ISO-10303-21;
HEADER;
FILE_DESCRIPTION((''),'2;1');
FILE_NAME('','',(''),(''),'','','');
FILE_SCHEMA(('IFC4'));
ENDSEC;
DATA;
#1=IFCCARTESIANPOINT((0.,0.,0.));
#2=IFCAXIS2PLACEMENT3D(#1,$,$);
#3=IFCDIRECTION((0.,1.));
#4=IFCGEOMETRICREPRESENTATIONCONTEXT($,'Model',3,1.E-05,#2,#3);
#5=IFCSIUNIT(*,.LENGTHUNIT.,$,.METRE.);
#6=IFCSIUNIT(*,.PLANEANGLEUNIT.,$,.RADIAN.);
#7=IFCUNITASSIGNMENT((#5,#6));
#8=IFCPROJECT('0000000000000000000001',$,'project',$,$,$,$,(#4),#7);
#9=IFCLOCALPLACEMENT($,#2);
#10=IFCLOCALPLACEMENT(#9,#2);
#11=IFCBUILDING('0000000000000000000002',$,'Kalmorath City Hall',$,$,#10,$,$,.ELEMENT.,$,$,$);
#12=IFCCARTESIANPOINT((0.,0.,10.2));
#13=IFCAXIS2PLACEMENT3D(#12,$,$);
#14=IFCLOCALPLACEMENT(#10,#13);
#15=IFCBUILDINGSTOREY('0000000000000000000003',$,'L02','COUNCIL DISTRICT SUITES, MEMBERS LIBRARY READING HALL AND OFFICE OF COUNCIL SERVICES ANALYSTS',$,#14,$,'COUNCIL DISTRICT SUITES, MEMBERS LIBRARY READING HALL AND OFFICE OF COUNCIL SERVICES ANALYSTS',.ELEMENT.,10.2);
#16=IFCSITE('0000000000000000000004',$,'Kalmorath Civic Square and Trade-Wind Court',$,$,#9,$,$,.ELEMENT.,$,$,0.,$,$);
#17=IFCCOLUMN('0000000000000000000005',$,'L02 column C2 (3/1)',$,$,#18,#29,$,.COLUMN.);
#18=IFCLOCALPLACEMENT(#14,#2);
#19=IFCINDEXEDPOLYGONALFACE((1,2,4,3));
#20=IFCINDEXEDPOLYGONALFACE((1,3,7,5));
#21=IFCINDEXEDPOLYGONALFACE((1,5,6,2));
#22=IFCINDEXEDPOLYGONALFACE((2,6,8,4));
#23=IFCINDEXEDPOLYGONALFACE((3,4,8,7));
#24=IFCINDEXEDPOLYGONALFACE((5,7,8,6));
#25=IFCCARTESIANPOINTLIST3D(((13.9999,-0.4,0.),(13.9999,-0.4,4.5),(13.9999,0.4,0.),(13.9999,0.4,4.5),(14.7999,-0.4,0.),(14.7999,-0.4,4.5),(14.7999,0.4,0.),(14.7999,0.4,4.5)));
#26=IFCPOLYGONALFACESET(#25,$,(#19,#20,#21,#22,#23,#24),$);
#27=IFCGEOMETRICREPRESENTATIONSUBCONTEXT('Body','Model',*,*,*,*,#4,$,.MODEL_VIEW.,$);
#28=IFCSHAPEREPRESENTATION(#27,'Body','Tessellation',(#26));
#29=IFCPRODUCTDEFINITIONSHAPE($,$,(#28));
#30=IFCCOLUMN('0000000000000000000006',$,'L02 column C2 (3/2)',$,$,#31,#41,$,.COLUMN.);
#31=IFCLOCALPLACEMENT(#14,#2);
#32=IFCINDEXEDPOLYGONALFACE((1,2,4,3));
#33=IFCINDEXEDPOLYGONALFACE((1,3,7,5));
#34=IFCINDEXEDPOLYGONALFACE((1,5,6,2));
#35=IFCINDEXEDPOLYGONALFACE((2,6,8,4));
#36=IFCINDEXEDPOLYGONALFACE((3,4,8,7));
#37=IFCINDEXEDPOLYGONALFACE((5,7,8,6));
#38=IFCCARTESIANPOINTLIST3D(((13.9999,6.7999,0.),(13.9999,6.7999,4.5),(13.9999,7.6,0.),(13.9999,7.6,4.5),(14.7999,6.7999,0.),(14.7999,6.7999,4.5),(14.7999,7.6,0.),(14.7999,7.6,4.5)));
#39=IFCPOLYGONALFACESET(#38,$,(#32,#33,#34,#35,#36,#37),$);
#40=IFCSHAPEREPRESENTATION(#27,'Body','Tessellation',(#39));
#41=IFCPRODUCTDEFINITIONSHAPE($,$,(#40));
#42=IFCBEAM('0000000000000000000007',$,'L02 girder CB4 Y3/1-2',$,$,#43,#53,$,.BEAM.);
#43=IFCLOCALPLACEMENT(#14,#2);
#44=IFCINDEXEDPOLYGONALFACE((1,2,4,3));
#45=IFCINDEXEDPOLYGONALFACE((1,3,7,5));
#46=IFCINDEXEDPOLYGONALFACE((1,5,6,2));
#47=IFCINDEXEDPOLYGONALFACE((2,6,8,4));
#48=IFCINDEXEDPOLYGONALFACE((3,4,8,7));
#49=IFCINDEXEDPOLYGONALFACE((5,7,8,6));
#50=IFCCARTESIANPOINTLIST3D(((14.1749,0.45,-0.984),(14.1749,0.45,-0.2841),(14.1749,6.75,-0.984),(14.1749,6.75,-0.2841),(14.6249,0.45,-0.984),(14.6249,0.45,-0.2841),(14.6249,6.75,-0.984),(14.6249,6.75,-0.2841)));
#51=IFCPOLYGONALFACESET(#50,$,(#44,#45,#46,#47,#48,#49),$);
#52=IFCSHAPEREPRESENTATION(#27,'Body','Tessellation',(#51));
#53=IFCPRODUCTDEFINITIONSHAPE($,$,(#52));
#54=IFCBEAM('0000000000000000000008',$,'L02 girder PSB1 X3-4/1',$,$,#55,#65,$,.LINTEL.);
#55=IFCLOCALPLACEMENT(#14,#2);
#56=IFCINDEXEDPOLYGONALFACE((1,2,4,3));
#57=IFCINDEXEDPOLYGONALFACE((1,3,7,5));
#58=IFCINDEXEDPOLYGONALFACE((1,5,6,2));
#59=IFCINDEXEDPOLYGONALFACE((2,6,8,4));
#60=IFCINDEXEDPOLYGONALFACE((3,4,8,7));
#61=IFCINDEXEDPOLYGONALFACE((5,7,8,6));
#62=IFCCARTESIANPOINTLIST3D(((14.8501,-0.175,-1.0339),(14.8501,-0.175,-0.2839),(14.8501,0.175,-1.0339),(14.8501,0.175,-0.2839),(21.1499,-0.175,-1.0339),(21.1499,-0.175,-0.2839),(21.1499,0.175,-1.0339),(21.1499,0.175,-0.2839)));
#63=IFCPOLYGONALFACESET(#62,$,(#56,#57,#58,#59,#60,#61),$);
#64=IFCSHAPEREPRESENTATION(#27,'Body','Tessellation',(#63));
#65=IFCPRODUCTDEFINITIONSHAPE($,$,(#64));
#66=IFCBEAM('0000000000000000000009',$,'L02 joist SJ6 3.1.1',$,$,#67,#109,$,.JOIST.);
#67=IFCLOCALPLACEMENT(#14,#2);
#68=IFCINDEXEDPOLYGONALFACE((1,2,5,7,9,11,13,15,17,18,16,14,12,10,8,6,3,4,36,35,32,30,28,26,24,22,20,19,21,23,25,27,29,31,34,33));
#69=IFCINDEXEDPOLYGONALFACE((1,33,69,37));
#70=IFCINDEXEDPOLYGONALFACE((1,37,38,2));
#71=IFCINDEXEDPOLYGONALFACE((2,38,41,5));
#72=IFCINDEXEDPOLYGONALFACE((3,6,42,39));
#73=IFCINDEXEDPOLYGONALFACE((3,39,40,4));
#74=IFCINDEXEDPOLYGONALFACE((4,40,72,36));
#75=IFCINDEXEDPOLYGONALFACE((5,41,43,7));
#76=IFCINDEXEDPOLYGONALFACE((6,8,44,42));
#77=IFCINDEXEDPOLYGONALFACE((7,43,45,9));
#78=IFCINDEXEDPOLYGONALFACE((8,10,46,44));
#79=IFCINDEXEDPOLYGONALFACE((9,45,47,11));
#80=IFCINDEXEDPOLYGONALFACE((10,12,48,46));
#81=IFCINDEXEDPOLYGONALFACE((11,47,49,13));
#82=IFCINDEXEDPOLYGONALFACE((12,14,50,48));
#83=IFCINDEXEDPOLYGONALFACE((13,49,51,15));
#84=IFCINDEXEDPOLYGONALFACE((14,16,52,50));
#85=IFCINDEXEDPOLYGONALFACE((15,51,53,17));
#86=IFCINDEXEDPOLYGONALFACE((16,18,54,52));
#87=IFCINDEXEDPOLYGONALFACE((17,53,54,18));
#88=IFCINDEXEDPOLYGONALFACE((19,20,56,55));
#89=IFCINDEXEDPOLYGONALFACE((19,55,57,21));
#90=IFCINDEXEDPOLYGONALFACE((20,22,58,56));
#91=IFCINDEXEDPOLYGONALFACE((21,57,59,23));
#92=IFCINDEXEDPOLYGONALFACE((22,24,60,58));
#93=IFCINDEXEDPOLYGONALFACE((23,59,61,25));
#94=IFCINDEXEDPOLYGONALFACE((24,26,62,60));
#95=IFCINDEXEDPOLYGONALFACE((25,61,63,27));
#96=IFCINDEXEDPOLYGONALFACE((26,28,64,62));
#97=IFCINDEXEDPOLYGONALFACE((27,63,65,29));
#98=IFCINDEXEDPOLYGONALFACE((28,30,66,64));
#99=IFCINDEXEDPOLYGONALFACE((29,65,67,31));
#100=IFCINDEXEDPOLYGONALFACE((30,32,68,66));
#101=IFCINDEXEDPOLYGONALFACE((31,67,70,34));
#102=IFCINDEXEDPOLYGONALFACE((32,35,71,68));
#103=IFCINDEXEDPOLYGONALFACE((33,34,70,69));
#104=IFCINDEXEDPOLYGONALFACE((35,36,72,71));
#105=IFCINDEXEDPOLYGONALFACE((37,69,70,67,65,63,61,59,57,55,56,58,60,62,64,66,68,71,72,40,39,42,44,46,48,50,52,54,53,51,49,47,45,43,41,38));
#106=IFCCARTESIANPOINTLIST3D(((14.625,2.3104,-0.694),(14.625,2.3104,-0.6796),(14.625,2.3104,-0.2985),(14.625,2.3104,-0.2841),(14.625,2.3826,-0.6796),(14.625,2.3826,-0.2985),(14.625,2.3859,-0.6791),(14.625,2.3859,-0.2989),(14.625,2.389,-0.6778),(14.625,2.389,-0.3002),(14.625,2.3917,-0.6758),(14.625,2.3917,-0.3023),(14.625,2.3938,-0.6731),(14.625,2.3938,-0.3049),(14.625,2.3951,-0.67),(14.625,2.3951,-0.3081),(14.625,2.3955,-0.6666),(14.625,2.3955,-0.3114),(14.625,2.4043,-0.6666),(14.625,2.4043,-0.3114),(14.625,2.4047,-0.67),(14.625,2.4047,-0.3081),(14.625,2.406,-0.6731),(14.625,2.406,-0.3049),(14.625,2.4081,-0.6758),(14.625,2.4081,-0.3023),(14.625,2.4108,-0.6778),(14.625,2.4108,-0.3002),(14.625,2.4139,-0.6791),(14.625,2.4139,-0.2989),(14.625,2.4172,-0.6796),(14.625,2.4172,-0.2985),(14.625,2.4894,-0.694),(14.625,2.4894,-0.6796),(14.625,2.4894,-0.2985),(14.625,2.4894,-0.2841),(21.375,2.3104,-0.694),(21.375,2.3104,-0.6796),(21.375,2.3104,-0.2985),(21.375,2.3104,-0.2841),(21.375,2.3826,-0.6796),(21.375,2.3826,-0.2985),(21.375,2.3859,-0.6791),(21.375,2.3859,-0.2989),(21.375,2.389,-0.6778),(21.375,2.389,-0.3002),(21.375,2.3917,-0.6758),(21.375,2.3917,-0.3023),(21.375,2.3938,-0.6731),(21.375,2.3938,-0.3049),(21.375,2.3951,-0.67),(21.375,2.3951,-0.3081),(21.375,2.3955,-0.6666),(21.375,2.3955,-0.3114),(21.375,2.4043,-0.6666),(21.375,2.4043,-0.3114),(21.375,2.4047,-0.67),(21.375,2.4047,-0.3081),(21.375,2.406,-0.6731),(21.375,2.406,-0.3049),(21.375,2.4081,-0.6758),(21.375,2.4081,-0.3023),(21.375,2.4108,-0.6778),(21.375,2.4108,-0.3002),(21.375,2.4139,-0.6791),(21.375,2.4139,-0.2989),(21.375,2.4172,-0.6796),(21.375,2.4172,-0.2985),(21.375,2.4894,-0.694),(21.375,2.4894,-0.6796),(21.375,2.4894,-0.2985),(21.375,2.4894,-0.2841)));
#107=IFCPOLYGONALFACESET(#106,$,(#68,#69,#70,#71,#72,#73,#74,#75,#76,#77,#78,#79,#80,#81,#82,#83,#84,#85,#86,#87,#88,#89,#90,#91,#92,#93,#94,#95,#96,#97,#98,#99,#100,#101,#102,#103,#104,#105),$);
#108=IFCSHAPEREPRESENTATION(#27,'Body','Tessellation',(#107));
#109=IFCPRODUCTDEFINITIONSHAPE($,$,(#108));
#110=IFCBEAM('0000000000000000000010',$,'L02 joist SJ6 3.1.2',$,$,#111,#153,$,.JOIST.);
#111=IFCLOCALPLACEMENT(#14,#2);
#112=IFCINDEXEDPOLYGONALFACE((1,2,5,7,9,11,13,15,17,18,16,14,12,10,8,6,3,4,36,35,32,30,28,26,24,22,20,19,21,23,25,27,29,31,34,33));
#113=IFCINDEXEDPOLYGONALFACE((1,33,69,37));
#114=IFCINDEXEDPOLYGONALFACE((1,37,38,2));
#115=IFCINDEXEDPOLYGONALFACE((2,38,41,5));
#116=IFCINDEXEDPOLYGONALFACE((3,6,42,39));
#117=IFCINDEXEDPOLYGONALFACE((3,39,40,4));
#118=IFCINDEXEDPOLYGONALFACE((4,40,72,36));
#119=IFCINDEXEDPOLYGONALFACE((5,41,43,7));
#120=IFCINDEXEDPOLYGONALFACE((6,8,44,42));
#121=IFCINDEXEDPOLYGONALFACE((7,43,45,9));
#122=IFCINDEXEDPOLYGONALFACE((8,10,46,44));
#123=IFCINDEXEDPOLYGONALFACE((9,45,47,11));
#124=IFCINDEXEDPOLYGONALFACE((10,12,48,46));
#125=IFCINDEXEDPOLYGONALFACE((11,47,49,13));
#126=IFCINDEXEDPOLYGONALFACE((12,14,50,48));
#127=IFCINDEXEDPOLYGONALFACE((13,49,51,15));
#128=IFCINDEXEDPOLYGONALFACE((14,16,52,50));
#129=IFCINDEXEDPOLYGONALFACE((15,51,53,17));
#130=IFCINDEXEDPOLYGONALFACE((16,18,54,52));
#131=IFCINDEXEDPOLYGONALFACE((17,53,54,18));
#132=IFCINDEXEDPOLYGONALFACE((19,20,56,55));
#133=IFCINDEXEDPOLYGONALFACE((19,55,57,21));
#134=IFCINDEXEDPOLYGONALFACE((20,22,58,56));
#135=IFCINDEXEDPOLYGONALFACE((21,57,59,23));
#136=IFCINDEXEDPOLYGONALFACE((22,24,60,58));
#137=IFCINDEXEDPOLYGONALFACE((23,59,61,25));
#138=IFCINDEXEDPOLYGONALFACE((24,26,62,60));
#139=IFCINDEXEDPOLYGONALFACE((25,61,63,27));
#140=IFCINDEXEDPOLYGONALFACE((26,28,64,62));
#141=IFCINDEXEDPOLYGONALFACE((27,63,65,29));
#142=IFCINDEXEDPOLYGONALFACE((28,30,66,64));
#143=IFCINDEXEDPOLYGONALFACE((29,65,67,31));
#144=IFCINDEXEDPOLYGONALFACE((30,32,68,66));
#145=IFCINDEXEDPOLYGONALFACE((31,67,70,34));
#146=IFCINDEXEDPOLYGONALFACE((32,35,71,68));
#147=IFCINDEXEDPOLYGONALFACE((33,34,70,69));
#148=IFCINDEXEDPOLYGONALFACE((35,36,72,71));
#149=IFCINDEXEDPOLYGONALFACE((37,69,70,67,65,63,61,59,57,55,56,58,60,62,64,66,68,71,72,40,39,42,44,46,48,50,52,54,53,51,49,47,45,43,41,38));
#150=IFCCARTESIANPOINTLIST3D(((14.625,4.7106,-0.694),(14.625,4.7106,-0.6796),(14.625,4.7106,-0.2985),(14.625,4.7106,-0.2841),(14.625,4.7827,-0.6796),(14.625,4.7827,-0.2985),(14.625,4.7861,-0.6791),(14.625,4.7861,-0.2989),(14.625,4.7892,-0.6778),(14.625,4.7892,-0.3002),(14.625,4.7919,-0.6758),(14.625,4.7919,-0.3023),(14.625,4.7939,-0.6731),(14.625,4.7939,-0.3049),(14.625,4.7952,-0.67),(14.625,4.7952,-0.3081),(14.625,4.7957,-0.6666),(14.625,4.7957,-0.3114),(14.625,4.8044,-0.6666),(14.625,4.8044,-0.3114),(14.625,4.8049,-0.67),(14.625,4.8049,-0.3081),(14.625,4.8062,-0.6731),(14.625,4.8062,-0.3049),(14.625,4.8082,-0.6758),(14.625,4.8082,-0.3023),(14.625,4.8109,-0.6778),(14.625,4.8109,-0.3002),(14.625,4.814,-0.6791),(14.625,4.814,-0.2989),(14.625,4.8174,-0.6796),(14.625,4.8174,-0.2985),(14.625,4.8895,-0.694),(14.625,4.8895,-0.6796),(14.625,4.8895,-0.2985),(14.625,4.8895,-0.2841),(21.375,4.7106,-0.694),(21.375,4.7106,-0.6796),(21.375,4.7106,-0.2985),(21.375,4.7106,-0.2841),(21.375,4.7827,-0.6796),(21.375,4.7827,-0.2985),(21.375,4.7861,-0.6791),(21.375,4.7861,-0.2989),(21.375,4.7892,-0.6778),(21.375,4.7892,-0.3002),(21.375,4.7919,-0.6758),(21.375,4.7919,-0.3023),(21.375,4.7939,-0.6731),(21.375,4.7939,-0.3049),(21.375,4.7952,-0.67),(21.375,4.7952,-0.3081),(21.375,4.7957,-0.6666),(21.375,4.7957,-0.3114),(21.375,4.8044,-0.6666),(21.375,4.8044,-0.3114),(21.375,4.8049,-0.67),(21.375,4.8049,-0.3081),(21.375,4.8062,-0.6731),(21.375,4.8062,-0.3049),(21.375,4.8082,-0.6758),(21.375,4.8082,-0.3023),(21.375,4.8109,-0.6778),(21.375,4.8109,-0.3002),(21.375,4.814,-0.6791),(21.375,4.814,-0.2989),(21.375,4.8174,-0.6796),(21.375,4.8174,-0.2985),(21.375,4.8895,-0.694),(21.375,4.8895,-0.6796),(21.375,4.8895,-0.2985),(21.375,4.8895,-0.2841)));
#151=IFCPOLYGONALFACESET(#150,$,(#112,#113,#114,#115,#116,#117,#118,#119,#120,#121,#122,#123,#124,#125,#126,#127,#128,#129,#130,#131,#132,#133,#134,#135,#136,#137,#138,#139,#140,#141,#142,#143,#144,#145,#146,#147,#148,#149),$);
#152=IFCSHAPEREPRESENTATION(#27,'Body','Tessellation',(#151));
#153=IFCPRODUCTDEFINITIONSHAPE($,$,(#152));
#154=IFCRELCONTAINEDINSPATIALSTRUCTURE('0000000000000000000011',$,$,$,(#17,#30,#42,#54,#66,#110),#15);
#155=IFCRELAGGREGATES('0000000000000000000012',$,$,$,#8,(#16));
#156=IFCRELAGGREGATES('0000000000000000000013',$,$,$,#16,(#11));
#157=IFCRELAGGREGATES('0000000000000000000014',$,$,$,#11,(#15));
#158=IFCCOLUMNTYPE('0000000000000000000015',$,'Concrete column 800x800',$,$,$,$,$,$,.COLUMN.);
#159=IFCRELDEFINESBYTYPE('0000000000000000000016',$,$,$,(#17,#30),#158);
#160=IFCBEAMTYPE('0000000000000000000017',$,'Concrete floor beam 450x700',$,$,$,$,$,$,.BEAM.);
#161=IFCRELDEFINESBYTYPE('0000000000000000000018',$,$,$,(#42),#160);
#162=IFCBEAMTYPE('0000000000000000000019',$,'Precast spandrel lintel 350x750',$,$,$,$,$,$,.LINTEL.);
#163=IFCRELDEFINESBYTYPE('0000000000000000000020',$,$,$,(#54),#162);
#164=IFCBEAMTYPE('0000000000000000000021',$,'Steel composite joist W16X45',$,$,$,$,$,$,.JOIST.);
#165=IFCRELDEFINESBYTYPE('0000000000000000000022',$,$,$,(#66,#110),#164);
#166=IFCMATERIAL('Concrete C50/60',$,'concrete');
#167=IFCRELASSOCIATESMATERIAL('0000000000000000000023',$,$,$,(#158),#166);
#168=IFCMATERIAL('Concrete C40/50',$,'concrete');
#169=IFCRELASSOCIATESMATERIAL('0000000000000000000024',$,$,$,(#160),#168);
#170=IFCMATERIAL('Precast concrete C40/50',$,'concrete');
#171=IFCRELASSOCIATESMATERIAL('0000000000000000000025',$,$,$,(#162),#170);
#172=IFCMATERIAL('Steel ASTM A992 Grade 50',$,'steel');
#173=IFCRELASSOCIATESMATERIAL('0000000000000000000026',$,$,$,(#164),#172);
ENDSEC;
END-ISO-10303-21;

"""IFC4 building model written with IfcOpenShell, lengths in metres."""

from ifc_helpers import new_model, si_unit, direction, frame, origin, origin_2d, place, context, subcontext, project, spatial, rectangle, i_section, extrude, material, material_profile, profile_set, type_object, element, save


model = new_model("IFC4")

# Units and contexts
model_context = context("Model", 3, precision=1e-05, world=origin(), true_north=direction((0.0, 1.0)))
body_context = subcontext(model_context, "Body", "Model", "MODEL_VIEW")
ifc_project = project(units=[si_unit("LENGTHUNIT", "METRE"), si_unit("PLANEANGLEUNIT", "RADIAN")], contexts=[model_context])

# Site, building, storey
site_placement = place(None, origin())
site = spatial("IfcSite", under=ifc_project, at=site_placement, Name="Kalmorath Civic Square and Trade-Wind Court", CompositionType="ELEMENT", RefElevation=0.0)
building_placement = place(site_placement, origin())
building = spatial("IfcBuilding", under=site, at=building_placement, Name="Kalmorath City Hall", CompositionType="ELEMENT")
storey_placement = place(building_placement, frame((0.0, 0.0, 10.2)))
storey = spatial("IfcBuildingStorey", under=building, at=storey_placement, Name="L02", Description="COUNCIL DISTRICT SUITES, MEMBERS LIBRARY READING HALL AND OFFICE OF COUNCIL SERVICES ANALYSTS", LongName="COUNCIL DISTRICT SUITES, MEMBERS LIBRARY READING HALL AND OFFICE OF COUNCIL SERVICES ANALYSTS", CompositionType="ELEMENT", Elevation=10.2)

# Columns
ifc_material_1 = material(Name="Concrete C50/60", Category="concrete")
ifc_material_profile_1 = material_profile(ifc_material_1, rectangle(XDim=0.8, YDim=0.8, at=origin_2d()), Name="RC-COL-800X800")
ifc_profile_set_1 = profile_set([ifc_material_profile_1], Name="Concrete C50/60")
column_type = type_object("IfcColumnType", Name="Concrete column 800x800", PredefinedType="COLUMN", material=ifc_profile_set_1)
for number, where, z_axis, x_axis, name in (
    (1, (14.3999, 0.0, 0.0), (0.0, 0.0, 1.0), (1.0, 0.0, 0.0), "L02 column C2 (3/1)"),
    (2, (14.3999, 7.2, 0.0), (0.0, 0.0, 1.0), (1.0, 0.0, 0.0), "L02 column C2 (3/2)"),
):
    element("IfcColumn", number, at=place(storey_placement, frame(where, z_axis=z_axis, x_axis=x_axis)), inside=storey, type_object=column_type, Name=name, PredefinedType="COLUMN", context=body_context, shape_type="SweptSolid", body=[
        extrude(rectangle(XDim=0.8, YDim=0.8, at=origin_2d()), origin(), (0.0, 0.0, 1.0), 4.5),
    ])

# Beams
ifc_material_2 = material(Name="Concrete C40/50", Category="concrete")
ifc_material_profile_2 = material_profile(ifc_material_2, rectangle(XDim=0.45, YDim=0.7, at=origin_2d()), Name="RC-BM-450X700")
ifc_profile_set_2 = profile_set([ifc_material_profile_2], Name="Concrete C40/50")
beam_type_1 = type_object("IfcBeamType", Name="Concrete floor beam 450x700", PredefinedType="BEAM", material=ifc_profile_set_2)
beam_1_placement = place(storey_placement, frame((14.3999, 0.45, -0.634), z_axis=(0.0, 1.0, 0.0), x_axis=(-1.0, 0.0, 0.0)))
element("IfcBeam", 3, at=beam_1_placement, inside=storey, type_object=beam_type_1, Name="L02 girder CB4 Y3/1-2", PredefinedType="BEAM", context=body_context, shape_type="SweptSolid", body=[
    extrude(rectangle(XDim=0.45, YDim=0.7, at=origin_2d()), origin(), (0.0, 0.0, 1.0), 6.3),
])
ifc_material_3 = material(Name="Precast concrete C40/50", Category="concrete")
ifc_material_profile_3 = material_profile(ifc_material_3, rectangle(XDim=0.3501, YDim=0.75, at=origin_2d()), Name="PC-SP-350X750")
ifc_profile_set_3 = profile_set([ifc_material_profile_3], Name="Precast concrete C40/50")
beam_type_2 = type_object("IfcBeamType", Name="Precast spandrel lintel 350x750", PredefinedType="LINTEL", material=ifc_profile_set_3)
beam_2_placement = place(storey_placement, frame((14.8501, 0.0, -0.6589), z_axis=(1.0, 0.0, 0.0), x_axis=(0.0, 1.0, 0.0)))
element("IfcBeam", 4, at=beam_2_placement, inside=storey, type_object=beam_type_2, Name="L02 girder PSB1 X3-4/1", PredefinedType="LINTEL", context=body_context, shape_type="SweptSolid", body=[
    extrude(rectangle(XDim=0.3501, YDim=0.75, at=origin_2d()), origin(), (0.0, 0.0, 1.0), 6.2998),
])
ifc_material_4 = material(Name="Steel ASTM A992 Grade 50", Category="steel")
ifc_material_profile_4 = material_profile(ifc_material_4, i_section(OverallWidth=0.179, OverallDepth=0.4099, WebThickness=0.0088, FlangeThickness=0.0144, FilletRadius=0.0129, at=origin_2d()), Name="W16X45")
ifc_profile_set_4 = profile_set([ifc_material_profile_4], Name="Steel ASTM A992 Grade 50")
beam_type_3 = type_object("IfcBeamType", Name="Steel composite joist W16X45", PredefinedType="JOIST", material=ifc_profile_set_4)
for number, where, z_axis, x_axis, name in (
    (5, (14.625, 2.3999, -0.489), (1.0, 0.0, 0.0), (0.0, 1.0, 0.0), "L02 joist SJ6 3.1.1"),
    (6, (14.625, 4.8, -0.489), (1.0, 0.0, 0.0), (0.0, 1.0, 0.0), "L02 joist SJ6 3.1.2"),
):
    element("IfcBeam", number, at=place(storey_placement, frame(where, z_axis=z_axis, x_axis=x_axis)), inside=storey, type_object=beam_type_3, Name=name, PredefinedType="JOIST", context=body_context, shape_type="SweptSolid", body=[
        extrude(i_section(OverallWidth=0.179, OverallDepth=0.4099, WebThickness=0.0088, FlangeThickness=0.0144, FilletRadius=0.0129, at=origin_2d()), origin(), (0.0, 0.0, 1.0), 6.75),
    ])

save(model, "model.ifc")
